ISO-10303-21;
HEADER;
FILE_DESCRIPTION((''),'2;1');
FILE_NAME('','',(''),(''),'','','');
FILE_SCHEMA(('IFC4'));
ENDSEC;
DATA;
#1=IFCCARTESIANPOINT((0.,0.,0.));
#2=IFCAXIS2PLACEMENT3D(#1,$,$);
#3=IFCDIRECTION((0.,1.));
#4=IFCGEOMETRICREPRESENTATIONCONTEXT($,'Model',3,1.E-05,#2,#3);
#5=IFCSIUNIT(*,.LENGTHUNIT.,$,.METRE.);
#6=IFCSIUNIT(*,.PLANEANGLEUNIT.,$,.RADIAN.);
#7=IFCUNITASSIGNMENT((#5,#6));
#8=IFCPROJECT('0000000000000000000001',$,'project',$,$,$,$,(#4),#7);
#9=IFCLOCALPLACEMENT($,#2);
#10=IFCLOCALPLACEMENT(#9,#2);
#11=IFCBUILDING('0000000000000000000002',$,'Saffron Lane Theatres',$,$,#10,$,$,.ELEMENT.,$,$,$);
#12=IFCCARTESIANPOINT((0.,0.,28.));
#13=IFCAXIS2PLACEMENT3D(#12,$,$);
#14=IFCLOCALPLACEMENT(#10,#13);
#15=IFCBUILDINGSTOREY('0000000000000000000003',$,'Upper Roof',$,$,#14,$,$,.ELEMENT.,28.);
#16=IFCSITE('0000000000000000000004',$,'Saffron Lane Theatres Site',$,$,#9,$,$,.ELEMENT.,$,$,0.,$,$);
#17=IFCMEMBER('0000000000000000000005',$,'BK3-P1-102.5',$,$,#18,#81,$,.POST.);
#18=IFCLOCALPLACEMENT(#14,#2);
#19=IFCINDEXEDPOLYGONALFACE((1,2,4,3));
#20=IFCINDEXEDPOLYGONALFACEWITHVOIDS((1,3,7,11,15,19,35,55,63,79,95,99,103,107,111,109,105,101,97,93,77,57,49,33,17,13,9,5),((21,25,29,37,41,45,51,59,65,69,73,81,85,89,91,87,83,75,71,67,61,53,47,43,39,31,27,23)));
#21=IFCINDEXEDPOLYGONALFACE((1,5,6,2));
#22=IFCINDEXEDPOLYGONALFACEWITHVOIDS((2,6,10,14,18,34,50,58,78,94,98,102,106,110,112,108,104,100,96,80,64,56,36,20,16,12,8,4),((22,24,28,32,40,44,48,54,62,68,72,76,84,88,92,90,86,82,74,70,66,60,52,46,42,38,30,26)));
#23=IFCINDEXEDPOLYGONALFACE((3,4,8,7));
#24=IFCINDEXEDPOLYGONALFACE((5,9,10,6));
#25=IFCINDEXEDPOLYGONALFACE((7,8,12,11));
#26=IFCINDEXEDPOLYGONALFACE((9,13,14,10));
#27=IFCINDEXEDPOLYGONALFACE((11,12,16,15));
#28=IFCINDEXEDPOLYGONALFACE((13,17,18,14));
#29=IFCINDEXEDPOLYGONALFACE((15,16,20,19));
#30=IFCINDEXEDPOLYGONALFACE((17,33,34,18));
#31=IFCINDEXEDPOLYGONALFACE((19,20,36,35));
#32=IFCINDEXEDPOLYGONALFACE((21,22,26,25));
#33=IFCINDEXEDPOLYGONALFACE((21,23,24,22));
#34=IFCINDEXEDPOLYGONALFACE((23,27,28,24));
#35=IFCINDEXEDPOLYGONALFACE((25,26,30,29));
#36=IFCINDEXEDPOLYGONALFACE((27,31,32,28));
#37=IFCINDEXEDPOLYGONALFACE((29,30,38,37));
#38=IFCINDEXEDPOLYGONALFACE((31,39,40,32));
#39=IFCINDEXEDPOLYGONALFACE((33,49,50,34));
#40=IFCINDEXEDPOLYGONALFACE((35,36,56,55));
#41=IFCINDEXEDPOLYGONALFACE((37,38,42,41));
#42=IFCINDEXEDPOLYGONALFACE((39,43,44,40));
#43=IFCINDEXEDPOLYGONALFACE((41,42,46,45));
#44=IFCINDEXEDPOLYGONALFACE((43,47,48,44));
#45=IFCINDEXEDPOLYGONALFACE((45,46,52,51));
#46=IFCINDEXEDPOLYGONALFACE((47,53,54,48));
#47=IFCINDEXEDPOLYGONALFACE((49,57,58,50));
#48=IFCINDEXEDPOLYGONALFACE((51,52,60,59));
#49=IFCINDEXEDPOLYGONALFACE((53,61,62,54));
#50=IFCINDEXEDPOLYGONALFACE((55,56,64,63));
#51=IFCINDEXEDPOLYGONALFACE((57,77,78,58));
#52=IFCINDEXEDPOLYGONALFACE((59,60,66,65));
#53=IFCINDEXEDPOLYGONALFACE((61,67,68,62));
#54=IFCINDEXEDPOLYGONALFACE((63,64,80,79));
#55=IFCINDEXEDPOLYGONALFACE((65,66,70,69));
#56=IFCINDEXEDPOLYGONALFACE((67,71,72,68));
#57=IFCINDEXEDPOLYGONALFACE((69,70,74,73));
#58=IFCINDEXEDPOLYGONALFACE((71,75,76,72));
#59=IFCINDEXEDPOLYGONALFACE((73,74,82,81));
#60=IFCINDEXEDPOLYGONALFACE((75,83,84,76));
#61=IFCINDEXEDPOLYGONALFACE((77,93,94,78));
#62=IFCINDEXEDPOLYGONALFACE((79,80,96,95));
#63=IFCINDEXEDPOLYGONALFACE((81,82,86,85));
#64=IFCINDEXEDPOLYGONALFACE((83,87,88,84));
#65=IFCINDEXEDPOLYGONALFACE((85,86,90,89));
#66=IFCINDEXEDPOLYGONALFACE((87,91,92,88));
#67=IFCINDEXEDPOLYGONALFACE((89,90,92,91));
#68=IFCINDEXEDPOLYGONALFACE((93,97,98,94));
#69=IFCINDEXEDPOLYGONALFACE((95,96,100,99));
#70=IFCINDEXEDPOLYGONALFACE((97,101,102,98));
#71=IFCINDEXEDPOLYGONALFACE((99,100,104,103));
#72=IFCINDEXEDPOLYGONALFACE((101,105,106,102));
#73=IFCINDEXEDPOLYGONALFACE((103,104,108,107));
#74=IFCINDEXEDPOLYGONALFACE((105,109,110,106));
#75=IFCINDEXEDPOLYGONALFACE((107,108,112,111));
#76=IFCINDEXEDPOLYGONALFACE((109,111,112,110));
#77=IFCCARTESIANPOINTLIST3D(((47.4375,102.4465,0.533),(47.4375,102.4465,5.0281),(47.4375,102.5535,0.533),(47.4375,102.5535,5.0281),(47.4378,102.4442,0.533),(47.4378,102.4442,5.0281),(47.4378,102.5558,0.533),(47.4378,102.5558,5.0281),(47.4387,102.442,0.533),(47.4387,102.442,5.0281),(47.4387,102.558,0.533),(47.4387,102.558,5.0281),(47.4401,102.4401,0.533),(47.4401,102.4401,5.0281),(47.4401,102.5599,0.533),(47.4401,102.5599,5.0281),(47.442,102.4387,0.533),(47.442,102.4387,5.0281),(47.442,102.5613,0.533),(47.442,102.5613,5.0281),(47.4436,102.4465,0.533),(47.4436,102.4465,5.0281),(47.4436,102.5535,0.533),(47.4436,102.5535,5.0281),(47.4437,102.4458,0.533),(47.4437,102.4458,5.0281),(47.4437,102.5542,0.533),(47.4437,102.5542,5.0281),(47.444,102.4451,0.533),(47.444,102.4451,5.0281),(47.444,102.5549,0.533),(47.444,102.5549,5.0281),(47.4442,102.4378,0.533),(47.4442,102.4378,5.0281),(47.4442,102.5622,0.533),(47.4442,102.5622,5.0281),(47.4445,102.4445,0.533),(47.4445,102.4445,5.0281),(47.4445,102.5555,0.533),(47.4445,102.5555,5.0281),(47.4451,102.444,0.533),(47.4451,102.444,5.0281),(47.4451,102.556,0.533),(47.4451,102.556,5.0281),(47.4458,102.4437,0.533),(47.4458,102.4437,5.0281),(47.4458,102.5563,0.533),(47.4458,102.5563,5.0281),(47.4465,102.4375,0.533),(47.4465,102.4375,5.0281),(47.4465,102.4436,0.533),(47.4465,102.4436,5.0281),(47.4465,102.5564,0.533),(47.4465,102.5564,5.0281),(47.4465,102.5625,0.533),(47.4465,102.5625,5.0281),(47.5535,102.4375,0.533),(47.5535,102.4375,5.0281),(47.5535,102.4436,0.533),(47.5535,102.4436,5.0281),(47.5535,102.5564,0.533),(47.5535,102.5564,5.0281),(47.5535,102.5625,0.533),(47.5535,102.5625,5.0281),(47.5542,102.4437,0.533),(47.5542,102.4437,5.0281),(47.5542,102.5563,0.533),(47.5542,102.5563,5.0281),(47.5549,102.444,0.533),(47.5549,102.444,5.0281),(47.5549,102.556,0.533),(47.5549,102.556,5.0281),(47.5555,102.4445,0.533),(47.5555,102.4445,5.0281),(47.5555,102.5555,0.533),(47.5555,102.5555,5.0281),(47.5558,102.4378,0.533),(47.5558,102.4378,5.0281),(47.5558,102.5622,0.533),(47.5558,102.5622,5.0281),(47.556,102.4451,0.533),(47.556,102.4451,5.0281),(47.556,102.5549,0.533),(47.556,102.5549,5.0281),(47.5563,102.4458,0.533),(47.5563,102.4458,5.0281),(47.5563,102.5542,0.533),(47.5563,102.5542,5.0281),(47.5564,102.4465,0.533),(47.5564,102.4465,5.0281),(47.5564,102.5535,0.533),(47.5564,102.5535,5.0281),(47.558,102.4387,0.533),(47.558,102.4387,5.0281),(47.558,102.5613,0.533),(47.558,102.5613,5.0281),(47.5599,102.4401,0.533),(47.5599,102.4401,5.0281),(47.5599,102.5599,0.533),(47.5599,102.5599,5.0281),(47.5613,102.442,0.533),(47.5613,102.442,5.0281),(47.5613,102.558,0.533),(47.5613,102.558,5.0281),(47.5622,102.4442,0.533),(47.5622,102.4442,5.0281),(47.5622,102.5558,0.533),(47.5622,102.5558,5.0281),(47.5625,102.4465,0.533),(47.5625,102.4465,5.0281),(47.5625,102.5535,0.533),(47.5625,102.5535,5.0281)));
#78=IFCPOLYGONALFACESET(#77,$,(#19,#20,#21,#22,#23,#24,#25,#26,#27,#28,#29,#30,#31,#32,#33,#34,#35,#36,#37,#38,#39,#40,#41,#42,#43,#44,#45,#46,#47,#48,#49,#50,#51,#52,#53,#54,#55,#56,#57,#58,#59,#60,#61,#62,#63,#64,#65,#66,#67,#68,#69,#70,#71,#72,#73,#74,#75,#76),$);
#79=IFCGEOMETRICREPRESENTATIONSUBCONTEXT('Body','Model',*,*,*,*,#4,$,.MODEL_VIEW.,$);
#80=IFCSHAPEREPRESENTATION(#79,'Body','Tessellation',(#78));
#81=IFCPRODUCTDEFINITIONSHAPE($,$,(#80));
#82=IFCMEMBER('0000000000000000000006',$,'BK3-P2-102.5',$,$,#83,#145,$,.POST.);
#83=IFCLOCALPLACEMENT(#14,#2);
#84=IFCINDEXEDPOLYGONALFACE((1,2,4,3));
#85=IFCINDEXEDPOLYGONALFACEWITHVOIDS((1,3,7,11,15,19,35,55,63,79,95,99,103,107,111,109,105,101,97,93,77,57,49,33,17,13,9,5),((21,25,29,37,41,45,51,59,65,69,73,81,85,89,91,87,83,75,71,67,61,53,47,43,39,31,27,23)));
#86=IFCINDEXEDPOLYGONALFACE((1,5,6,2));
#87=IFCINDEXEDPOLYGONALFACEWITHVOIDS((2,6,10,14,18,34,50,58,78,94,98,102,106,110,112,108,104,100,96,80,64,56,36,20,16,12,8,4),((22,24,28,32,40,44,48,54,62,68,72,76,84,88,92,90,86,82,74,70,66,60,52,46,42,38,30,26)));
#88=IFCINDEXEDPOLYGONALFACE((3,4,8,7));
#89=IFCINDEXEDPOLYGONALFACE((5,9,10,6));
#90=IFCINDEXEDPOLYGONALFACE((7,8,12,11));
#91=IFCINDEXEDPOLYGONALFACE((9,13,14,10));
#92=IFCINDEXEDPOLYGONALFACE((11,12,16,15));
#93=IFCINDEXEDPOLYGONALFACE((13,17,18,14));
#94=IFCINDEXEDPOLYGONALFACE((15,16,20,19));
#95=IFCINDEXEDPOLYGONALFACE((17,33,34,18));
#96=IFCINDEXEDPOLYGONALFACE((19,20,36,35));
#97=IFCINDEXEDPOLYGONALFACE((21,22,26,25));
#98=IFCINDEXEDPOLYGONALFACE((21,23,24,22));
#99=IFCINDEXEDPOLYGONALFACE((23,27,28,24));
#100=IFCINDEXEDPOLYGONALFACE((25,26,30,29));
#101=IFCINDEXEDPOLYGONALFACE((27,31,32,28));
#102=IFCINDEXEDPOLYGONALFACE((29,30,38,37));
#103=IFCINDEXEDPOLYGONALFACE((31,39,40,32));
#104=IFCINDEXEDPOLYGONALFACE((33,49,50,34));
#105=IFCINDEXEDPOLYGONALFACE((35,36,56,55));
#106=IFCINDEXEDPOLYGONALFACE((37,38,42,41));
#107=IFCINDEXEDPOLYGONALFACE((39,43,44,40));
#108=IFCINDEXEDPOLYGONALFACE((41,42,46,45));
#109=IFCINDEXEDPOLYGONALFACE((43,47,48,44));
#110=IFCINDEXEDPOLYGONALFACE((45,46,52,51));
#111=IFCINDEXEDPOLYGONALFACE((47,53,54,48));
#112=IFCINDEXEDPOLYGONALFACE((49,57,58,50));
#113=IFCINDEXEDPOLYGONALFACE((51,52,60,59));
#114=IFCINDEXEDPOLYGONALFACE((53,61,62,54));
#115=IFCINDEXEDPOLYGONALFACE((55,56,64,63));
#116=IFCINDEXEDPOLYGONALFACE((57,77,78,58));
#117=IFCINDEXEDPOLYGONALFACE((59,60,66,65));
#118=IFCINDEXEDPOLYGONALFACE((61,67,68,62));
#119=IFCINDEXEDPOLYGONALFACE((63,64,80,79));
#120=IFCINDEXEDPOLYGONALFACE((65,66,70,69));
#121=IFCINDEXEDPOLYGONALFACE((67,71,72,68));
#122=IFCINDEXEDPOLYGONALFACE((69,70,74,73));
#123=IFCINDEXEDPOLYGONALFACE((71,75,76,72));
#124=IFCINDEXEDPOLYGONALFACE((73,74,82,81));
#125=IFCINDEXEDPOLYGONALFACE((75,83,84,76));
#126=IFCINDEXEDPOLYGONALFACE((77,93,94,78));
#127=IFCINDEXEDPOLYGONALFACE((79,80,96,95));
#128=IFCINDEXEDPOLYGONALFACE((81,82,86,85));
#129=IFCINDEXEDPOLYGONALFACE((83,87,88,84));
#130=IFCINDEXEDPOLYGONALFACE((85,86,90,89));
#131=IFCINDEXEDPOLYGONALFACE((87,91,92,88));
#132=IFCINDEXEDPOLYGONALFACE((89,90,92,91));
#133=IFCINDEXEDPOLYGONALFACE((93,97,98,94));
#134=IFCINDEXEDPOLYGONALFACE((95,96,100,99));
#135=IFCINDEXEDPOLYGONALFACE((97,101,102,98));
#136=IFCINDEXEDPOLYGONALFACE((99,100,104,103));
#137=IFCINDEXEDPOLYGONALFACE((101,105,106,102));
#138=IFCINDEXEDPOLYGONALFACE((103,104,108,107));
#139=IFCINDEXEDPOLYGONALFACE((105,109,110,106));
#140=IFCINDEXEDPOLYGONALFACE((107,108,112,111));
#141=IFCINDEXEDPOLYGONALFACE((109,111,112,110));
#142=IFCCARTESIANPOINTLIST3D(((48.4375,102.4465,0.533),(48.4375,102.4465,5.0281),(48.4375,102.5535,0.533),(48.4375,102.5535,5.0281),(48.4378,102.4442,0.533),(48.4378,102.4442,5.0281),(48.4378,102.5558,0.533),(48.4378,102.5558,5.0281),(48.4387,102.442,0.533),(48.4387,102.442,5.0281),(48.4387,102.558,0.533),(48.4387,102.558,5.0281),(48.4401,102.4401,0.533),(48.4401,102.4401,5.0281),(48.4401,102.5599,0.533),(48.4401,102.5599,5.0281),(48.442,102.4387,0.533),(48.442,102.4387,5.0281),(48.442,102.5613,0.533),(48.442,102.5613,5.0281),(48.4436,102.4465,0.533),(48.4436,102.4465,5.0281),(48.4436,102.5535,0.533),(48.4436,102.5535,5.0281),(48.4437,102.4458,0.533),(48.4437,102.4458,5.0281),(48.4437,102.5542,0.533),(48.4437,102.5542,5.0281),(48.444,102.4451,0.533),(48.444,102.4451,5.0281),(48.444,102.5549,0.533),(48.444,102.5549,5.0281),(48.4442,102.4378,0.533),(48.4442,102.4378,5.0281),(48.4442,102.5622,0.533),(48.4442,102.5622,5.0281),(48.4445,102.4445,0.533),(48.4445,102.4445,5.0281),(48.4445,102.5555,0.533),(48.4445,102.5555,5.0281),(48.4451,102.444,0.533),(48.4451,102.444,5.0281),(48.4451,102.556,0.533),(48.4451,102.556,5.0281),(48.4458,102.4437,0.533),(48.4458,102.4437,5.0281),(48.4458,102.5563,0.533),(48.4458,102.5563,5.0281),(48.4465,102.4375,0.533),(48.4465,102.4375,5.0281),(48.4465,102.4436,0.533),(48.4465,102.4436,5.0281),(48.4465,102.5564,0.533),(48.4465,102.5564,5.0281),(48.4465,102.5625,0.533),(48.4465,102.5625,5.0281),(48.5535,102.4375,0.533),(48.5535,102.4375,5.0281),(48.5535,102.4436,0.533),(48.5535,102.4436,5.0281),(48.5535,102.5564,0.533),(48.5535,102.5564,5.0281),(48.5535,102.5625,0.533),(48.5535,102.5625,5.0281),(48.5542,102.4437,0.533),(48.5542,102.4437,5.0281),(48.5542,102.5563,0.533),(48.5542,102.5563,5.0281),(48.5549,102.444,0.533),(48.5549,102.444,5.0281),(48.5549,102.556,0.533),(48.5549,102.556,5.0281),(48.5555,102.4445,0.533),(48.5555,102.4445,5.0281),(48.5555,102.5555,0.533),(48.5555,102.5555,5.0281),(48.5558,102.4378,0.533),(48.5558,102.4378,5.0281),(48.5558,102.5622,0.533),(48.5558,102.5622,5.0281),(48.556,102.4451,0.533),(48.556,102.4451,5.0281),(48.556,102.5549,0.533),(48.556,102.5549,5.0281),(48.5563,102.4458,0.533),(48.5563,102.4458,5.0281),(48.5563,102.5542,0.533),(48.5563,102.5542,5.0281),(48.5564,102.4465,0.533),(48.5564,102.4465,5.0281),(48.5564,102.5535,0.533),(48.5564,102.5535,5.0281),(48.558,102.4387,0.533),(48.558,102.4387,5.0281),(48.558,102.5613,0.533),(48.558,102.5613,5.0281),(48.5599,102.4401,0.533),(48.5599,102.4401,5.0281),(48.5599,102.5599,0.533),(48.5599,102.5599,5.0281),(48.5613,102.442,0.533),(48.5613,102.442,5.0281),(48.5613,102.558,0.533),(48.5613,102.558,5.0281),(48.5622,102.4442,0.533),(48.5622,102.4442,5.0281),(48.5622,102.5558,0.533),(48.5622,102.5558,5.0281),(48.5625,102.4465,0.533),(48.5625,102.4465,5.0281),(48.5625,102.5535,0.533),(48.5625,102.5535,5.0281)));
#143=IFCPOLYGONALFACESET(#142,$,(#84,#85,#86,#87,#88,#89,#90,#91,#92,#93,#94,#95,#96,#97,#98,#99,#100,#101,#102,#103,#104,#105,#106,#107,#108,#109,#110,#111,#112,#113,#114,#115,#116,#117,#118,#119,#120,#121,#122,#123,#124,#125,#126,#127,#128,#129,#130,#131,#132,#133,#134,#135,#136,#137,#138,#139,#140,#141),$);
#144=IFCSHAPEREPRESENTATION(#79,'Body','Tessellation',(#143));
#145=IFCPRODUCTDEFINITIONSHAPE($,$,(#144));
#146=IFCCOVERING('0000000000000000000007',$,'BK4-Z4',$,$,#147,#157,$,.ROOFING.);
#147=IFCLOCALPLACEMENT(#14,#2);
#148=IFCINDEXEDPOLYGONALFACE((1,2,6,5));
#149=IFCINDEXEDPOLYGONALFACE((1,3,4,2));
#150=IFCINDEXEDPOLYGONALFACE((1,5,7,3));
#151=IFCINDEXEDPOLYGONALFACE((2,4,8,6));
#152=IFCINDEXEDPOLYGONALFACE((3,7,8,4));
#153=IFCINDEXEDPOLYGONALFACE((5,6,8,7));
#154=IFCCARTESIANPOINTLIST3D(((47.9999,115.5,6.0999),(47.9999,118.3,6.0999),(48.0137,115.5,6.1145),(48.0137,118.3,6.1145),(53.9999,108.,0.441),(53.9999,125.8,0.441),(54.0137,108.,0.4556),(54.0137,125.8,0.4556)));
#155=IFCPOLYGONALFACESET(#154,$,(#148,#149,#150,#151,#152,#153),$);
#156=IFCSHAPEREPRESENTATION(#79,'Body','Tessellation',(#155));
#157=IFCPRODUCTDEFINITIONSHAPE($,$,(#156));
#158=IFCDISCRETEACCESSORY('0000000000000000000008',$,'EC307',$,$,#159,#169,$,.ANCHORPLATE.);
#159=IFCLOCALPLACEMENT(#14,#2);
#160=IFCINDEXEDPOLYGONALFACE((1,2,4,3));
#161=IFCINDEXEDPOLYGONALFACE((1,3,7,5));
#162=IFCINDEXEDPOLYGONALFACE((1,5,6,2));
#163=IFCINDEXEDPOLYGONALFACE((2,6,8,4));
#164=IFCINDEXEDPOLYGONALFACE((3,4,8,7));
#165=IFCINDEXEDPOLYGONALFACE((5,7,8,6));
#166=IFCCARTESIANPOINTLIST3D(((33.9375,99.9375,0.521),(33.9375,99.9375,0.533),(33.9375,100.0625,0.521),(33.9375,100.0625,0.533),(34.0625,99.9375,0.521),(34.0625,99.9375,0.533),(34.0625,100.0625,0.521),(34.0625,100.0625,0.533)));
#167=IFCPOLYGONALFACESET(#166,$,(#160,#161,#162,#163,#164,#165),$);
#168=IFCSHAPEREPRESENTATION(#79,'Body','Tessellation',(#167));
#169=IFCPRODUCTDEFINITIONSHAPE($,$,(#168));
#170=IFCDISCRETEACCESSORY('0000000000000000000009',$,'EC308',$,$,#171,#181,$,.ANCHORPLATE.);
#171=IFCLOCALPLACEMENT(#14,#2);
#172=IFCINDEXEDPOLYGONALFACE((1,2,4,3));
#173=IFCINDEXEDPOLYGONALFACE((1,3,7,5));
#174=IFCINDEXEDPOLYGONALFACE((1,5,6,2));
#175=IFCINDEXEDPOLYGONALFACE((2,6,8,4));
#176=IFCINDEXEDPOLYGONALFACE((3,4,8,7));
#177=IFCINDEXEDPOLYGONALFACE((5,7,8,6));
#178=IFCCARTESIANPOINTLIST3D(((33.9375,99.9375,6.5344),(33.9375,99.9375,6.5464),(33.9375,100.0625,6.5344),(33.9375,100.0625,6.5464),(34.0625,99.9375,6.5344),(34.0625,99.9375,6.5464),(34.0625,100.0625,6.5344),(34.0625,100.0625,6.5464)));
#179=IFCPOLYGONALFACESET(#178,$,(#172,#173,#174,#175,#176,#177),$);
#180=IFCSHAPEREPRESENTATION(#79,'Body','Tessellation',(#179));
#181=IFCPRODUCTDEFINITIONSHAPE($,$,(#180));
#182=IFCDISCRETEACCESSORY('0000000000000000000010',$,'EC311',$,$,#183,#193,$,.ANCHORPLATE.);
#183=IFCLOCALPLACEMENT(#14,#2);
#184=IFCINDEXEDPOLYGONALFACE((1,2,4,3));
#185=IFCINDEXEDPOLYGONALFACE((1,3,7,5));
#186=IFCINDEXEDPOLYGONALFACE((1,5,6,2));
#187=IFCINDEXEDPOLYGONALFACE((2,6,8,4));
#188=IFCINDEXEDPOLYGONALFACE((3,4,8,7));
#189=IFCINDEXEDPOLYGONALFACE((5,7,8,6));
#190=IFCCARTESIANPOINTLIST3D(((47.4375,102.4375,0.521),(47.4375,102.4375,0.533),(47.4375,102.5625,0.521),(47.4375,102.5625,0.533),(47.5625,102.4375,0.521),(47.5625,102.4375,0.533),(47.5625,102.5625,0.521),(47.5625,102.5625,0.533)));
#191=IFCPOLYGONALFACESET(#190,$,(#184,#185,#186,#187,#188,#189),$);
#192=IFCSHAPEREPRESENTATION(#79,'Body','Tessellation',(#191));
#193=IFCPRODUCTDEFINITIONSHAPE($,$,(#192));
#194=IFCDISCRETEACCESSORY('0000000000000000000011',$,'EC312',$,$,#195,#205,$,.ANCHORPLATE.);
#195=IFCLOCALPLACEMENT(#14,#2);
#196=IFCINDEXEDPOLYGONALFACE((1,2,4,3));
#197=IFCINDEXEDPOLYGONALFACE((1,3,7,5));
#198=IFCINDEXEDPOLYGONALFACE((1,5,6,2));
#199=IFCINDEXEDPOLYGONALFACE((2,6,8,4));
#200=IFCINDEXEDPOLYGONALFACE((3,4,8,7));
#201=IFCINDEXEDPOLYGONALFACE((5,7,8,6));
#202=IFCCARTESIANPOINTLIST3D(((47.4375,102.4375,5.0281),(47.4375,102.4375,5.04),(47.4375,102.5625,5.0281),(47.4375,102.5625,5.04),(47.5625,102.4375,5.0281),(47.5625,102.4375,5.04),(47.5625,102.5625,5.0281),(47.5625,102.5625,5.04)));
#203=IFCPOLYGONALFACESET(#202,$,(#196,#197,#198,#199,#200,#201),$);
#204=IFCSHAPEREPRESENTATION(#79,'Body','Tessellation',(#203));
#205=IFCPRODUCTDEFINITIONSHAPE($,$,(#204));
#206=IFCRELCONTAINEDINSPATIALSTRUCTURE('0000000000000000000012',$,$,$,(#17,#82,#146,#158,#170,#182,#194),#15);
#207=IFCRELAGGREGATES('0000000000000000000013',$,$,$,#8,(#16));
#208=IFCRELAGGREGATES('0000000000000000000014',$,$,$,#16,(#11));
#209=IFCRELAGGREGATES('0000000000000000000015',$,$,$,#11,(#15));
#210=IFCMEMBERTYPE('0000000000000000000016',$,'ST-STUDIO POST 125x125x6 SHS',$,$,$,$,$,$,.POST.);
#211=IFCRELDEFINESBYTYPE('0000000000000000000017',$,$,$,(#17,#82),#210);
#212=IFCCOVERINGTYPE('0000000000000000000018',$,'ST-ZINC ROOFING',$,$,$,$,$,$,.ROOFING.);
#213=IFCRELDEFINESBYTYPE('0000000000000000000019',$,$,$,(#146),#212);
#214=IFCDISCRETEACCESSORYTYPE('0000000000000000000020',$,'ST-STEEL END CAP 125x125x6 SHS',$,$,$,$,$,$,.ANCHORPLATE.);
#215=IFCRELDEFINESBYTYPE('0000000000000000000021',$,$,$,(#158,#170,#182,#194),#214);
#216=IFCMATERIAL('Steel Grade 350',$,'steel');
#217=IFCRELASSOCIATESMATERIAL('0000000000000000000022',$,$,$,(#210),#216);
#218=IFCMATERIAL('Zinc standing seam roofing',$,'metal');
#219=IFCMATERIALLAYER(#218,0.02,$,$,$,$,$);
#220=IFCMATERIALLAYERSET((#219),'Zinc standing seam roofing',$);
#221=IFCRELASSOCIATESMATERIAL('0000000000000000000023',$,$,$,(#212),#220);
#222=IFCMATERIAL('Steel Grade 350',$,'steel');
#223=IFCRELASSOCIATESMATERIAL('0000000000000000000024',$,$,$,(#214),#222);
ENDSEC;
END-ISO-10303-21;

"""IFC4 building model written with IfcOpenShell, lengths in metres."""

from ifc_helpers import new_model, si_unit, direction, frame, origin, origin_2d, place, context, subcontext, project, spatial, polyline, rectangle, hollow_rectangle, outline, extrude, material, layer, layer_set, material_profile, profile_set, type_object, element, save


model = new_model("IFC4")

# Units and contexts
model_context = context("Model", 3, precision=1e-05, world=origin(), true_north=direction((0.0, 1.0)))
body_context = subcontext(model_context, "Body", "Model", "MODEL_VIEW")
ifc_project = project(units=[si_unit("LENGTHUNIT", "METRE"), si_unit("PLANEANGLEUNIT", "RADIAN")], contexts=[model_context])

# Site, building, storey
site_placement = place(None, origin())
site = spatial("IfcSite", under=ifc_project, at=site_placement, Name="Saffron Lane Theatres Site", CompositionType="ELEMENT", RefElevation=0.0)
building_placement = place(site_placement, origin())
building = spatial("IfcBuilding", under=site, at=building_placement, Name="Saffron Lane Theatres", CompositionType="ELEMENT")
storey_placement = place(building_placement, frame((0.0, 0.0, 28.0)))
storey = spatial("IfcBuildingStorey", under=building, at=storey_placement, Name="Upper Roof", CompositionType="ELEMENT", Elevation=28.0)

# Members
ifc_material_1 = material(Name="Steel Grade 350", Category="steel")
ifc_material_profile_1 = material_profile(ifc_material_1, hollow_rectangle(XDim=0.125, YDim=0.125, WallThickness=0.0061, InnerFilletRadius=0.0029, OuterFilletRadius=0.009, at=origin_2d()))
ifc_profile_set_1 = profile_set([ifc_material_profile_1], Name="Steel Grade 350")
member_type_1 = type_object("IfcMemberType", Name="ST-STUDIO POST 125x125x6 SHS", PredefinedType="POST", material=ifc_profile_set_1)
for number, where, z_axis, x_axis, name in (
    (1, (47.5, 102.5, 0.533), (0.0, 0.0, 1.0), (1.0, 0.0, 0.0), "BK3-P1-102.5"),
    (2, (48.5, 102.5, 0.533), (0.0, 0.0, 1.0), (1.0, 0.0, 0.0), "BK3-P2-102.5"),
):
    element("IfcMember", number, at=place(storey_placement, frame(where, z_axis=z_axis, x_axis=x_axis)), inside=storey, type_object=member_type_1, Name=name, PredefinedType="POST", context=body_context, shape_type="SweptSolid", body=[
        extrude(hollow_rectangle(XDim=0.125, YDim=0.125, WallThickness=0.0061, InnerFilletRadius=0.0029, OuterFilletRadius=0.009, at=origin_2d()), origin(), (0.0, 0.0, 1.0), 4.4951),
    ])

# Covering
ifc_material_2 = material(Name="Zinc standing seam roofing", Category="metal")
ifc_layer = layer(ifc_material_2, 0.02)
ifc_layer_set = layer_set([ifc_layer], Name="Zinc standing seam roofing")
covering_type = type_object("IfcCoveringType", Name="ST-ZINC ROOFING", PredefinedType="ROOFING", material=ifc_layer_set)
covering_placement = place(storey_placement, frame((54.0137, 108.0, 0.4556), z_axis=(0.686128, 0.0, 0.727481), x_axis=(0.0, 1.0, 0.0)))
element("IfcCovering", 3, at=covering_placement, inside=storey, type_object=covering_type, Name="BK4-Z4", PredefinedType="ROOFING", context=body_context, shape_type="SweptSolid", body=[
    extrude(outline(polyline([(0.0, 0.0), (17.8, 0.0), (10.3, 8.2476), (7.5, 8.2476), (0.0, 0.0)])), origin(), (0.0, 0.0, -1.0), 0.02),
])

# Discrete accessories
ifc_material_3 = material(Name="Steel Grade 350", Category="steel")
ifc_material_profile_2 = material_profile(ifc_material_3, rectangle(XDim=0.125, YDim=0.125, at=origin_2d()))
ifc_profile_set_2 = profile_set([ifc_material_profile_2], Name="Steel Grade 350")
discrete_accessory_type = type_object("IfcDiscreteAccessoryType", Name="ST-STEEL END CAP 125x125x6 SHS", PredefinedType="ANCHORPLATE", material=ifc_profile_set_2)
for number, where, z_axis, x_axis, name in (
    (4, (34.0, 100.0, 0.521), (0.0, 0.0, 1.0), (1.0, 0.0, 0.0), "EC307"),
    (5, (34.0, 100.0, 6.5344), (0.0, 0.0, 1.0), (1.0, 0.0, 0.0), "EC308"),
    (6, (47.5, 102.5, 0.521), (0.0, 0.0, 1.0), (1.0, 0.0, 0.0), "EC311"),
    (7, (47.5, 102.5, 5.0281), (0.0, 0.0, 1.0), (1.0, 0.0, 0.0), "EC312"),
):
    element("IfcDiscreteAccessory", number, at=place(storey_placement, frame(where, z_axis=z_axis, x_axis=x_axis)), inside=storey, type_object=discrete_accessory_type, Name=name, PredefinedType="ANCHORPLATE", context=body_context, shape_type="SweptSolid", body=[
        extrude(rectangle(XDim=0.125, YDim=0.125, at=origin_2d()), origin(), (0.0, 0.0, 1.0), 0.012),
    ])

save(model, "model.ifc")
